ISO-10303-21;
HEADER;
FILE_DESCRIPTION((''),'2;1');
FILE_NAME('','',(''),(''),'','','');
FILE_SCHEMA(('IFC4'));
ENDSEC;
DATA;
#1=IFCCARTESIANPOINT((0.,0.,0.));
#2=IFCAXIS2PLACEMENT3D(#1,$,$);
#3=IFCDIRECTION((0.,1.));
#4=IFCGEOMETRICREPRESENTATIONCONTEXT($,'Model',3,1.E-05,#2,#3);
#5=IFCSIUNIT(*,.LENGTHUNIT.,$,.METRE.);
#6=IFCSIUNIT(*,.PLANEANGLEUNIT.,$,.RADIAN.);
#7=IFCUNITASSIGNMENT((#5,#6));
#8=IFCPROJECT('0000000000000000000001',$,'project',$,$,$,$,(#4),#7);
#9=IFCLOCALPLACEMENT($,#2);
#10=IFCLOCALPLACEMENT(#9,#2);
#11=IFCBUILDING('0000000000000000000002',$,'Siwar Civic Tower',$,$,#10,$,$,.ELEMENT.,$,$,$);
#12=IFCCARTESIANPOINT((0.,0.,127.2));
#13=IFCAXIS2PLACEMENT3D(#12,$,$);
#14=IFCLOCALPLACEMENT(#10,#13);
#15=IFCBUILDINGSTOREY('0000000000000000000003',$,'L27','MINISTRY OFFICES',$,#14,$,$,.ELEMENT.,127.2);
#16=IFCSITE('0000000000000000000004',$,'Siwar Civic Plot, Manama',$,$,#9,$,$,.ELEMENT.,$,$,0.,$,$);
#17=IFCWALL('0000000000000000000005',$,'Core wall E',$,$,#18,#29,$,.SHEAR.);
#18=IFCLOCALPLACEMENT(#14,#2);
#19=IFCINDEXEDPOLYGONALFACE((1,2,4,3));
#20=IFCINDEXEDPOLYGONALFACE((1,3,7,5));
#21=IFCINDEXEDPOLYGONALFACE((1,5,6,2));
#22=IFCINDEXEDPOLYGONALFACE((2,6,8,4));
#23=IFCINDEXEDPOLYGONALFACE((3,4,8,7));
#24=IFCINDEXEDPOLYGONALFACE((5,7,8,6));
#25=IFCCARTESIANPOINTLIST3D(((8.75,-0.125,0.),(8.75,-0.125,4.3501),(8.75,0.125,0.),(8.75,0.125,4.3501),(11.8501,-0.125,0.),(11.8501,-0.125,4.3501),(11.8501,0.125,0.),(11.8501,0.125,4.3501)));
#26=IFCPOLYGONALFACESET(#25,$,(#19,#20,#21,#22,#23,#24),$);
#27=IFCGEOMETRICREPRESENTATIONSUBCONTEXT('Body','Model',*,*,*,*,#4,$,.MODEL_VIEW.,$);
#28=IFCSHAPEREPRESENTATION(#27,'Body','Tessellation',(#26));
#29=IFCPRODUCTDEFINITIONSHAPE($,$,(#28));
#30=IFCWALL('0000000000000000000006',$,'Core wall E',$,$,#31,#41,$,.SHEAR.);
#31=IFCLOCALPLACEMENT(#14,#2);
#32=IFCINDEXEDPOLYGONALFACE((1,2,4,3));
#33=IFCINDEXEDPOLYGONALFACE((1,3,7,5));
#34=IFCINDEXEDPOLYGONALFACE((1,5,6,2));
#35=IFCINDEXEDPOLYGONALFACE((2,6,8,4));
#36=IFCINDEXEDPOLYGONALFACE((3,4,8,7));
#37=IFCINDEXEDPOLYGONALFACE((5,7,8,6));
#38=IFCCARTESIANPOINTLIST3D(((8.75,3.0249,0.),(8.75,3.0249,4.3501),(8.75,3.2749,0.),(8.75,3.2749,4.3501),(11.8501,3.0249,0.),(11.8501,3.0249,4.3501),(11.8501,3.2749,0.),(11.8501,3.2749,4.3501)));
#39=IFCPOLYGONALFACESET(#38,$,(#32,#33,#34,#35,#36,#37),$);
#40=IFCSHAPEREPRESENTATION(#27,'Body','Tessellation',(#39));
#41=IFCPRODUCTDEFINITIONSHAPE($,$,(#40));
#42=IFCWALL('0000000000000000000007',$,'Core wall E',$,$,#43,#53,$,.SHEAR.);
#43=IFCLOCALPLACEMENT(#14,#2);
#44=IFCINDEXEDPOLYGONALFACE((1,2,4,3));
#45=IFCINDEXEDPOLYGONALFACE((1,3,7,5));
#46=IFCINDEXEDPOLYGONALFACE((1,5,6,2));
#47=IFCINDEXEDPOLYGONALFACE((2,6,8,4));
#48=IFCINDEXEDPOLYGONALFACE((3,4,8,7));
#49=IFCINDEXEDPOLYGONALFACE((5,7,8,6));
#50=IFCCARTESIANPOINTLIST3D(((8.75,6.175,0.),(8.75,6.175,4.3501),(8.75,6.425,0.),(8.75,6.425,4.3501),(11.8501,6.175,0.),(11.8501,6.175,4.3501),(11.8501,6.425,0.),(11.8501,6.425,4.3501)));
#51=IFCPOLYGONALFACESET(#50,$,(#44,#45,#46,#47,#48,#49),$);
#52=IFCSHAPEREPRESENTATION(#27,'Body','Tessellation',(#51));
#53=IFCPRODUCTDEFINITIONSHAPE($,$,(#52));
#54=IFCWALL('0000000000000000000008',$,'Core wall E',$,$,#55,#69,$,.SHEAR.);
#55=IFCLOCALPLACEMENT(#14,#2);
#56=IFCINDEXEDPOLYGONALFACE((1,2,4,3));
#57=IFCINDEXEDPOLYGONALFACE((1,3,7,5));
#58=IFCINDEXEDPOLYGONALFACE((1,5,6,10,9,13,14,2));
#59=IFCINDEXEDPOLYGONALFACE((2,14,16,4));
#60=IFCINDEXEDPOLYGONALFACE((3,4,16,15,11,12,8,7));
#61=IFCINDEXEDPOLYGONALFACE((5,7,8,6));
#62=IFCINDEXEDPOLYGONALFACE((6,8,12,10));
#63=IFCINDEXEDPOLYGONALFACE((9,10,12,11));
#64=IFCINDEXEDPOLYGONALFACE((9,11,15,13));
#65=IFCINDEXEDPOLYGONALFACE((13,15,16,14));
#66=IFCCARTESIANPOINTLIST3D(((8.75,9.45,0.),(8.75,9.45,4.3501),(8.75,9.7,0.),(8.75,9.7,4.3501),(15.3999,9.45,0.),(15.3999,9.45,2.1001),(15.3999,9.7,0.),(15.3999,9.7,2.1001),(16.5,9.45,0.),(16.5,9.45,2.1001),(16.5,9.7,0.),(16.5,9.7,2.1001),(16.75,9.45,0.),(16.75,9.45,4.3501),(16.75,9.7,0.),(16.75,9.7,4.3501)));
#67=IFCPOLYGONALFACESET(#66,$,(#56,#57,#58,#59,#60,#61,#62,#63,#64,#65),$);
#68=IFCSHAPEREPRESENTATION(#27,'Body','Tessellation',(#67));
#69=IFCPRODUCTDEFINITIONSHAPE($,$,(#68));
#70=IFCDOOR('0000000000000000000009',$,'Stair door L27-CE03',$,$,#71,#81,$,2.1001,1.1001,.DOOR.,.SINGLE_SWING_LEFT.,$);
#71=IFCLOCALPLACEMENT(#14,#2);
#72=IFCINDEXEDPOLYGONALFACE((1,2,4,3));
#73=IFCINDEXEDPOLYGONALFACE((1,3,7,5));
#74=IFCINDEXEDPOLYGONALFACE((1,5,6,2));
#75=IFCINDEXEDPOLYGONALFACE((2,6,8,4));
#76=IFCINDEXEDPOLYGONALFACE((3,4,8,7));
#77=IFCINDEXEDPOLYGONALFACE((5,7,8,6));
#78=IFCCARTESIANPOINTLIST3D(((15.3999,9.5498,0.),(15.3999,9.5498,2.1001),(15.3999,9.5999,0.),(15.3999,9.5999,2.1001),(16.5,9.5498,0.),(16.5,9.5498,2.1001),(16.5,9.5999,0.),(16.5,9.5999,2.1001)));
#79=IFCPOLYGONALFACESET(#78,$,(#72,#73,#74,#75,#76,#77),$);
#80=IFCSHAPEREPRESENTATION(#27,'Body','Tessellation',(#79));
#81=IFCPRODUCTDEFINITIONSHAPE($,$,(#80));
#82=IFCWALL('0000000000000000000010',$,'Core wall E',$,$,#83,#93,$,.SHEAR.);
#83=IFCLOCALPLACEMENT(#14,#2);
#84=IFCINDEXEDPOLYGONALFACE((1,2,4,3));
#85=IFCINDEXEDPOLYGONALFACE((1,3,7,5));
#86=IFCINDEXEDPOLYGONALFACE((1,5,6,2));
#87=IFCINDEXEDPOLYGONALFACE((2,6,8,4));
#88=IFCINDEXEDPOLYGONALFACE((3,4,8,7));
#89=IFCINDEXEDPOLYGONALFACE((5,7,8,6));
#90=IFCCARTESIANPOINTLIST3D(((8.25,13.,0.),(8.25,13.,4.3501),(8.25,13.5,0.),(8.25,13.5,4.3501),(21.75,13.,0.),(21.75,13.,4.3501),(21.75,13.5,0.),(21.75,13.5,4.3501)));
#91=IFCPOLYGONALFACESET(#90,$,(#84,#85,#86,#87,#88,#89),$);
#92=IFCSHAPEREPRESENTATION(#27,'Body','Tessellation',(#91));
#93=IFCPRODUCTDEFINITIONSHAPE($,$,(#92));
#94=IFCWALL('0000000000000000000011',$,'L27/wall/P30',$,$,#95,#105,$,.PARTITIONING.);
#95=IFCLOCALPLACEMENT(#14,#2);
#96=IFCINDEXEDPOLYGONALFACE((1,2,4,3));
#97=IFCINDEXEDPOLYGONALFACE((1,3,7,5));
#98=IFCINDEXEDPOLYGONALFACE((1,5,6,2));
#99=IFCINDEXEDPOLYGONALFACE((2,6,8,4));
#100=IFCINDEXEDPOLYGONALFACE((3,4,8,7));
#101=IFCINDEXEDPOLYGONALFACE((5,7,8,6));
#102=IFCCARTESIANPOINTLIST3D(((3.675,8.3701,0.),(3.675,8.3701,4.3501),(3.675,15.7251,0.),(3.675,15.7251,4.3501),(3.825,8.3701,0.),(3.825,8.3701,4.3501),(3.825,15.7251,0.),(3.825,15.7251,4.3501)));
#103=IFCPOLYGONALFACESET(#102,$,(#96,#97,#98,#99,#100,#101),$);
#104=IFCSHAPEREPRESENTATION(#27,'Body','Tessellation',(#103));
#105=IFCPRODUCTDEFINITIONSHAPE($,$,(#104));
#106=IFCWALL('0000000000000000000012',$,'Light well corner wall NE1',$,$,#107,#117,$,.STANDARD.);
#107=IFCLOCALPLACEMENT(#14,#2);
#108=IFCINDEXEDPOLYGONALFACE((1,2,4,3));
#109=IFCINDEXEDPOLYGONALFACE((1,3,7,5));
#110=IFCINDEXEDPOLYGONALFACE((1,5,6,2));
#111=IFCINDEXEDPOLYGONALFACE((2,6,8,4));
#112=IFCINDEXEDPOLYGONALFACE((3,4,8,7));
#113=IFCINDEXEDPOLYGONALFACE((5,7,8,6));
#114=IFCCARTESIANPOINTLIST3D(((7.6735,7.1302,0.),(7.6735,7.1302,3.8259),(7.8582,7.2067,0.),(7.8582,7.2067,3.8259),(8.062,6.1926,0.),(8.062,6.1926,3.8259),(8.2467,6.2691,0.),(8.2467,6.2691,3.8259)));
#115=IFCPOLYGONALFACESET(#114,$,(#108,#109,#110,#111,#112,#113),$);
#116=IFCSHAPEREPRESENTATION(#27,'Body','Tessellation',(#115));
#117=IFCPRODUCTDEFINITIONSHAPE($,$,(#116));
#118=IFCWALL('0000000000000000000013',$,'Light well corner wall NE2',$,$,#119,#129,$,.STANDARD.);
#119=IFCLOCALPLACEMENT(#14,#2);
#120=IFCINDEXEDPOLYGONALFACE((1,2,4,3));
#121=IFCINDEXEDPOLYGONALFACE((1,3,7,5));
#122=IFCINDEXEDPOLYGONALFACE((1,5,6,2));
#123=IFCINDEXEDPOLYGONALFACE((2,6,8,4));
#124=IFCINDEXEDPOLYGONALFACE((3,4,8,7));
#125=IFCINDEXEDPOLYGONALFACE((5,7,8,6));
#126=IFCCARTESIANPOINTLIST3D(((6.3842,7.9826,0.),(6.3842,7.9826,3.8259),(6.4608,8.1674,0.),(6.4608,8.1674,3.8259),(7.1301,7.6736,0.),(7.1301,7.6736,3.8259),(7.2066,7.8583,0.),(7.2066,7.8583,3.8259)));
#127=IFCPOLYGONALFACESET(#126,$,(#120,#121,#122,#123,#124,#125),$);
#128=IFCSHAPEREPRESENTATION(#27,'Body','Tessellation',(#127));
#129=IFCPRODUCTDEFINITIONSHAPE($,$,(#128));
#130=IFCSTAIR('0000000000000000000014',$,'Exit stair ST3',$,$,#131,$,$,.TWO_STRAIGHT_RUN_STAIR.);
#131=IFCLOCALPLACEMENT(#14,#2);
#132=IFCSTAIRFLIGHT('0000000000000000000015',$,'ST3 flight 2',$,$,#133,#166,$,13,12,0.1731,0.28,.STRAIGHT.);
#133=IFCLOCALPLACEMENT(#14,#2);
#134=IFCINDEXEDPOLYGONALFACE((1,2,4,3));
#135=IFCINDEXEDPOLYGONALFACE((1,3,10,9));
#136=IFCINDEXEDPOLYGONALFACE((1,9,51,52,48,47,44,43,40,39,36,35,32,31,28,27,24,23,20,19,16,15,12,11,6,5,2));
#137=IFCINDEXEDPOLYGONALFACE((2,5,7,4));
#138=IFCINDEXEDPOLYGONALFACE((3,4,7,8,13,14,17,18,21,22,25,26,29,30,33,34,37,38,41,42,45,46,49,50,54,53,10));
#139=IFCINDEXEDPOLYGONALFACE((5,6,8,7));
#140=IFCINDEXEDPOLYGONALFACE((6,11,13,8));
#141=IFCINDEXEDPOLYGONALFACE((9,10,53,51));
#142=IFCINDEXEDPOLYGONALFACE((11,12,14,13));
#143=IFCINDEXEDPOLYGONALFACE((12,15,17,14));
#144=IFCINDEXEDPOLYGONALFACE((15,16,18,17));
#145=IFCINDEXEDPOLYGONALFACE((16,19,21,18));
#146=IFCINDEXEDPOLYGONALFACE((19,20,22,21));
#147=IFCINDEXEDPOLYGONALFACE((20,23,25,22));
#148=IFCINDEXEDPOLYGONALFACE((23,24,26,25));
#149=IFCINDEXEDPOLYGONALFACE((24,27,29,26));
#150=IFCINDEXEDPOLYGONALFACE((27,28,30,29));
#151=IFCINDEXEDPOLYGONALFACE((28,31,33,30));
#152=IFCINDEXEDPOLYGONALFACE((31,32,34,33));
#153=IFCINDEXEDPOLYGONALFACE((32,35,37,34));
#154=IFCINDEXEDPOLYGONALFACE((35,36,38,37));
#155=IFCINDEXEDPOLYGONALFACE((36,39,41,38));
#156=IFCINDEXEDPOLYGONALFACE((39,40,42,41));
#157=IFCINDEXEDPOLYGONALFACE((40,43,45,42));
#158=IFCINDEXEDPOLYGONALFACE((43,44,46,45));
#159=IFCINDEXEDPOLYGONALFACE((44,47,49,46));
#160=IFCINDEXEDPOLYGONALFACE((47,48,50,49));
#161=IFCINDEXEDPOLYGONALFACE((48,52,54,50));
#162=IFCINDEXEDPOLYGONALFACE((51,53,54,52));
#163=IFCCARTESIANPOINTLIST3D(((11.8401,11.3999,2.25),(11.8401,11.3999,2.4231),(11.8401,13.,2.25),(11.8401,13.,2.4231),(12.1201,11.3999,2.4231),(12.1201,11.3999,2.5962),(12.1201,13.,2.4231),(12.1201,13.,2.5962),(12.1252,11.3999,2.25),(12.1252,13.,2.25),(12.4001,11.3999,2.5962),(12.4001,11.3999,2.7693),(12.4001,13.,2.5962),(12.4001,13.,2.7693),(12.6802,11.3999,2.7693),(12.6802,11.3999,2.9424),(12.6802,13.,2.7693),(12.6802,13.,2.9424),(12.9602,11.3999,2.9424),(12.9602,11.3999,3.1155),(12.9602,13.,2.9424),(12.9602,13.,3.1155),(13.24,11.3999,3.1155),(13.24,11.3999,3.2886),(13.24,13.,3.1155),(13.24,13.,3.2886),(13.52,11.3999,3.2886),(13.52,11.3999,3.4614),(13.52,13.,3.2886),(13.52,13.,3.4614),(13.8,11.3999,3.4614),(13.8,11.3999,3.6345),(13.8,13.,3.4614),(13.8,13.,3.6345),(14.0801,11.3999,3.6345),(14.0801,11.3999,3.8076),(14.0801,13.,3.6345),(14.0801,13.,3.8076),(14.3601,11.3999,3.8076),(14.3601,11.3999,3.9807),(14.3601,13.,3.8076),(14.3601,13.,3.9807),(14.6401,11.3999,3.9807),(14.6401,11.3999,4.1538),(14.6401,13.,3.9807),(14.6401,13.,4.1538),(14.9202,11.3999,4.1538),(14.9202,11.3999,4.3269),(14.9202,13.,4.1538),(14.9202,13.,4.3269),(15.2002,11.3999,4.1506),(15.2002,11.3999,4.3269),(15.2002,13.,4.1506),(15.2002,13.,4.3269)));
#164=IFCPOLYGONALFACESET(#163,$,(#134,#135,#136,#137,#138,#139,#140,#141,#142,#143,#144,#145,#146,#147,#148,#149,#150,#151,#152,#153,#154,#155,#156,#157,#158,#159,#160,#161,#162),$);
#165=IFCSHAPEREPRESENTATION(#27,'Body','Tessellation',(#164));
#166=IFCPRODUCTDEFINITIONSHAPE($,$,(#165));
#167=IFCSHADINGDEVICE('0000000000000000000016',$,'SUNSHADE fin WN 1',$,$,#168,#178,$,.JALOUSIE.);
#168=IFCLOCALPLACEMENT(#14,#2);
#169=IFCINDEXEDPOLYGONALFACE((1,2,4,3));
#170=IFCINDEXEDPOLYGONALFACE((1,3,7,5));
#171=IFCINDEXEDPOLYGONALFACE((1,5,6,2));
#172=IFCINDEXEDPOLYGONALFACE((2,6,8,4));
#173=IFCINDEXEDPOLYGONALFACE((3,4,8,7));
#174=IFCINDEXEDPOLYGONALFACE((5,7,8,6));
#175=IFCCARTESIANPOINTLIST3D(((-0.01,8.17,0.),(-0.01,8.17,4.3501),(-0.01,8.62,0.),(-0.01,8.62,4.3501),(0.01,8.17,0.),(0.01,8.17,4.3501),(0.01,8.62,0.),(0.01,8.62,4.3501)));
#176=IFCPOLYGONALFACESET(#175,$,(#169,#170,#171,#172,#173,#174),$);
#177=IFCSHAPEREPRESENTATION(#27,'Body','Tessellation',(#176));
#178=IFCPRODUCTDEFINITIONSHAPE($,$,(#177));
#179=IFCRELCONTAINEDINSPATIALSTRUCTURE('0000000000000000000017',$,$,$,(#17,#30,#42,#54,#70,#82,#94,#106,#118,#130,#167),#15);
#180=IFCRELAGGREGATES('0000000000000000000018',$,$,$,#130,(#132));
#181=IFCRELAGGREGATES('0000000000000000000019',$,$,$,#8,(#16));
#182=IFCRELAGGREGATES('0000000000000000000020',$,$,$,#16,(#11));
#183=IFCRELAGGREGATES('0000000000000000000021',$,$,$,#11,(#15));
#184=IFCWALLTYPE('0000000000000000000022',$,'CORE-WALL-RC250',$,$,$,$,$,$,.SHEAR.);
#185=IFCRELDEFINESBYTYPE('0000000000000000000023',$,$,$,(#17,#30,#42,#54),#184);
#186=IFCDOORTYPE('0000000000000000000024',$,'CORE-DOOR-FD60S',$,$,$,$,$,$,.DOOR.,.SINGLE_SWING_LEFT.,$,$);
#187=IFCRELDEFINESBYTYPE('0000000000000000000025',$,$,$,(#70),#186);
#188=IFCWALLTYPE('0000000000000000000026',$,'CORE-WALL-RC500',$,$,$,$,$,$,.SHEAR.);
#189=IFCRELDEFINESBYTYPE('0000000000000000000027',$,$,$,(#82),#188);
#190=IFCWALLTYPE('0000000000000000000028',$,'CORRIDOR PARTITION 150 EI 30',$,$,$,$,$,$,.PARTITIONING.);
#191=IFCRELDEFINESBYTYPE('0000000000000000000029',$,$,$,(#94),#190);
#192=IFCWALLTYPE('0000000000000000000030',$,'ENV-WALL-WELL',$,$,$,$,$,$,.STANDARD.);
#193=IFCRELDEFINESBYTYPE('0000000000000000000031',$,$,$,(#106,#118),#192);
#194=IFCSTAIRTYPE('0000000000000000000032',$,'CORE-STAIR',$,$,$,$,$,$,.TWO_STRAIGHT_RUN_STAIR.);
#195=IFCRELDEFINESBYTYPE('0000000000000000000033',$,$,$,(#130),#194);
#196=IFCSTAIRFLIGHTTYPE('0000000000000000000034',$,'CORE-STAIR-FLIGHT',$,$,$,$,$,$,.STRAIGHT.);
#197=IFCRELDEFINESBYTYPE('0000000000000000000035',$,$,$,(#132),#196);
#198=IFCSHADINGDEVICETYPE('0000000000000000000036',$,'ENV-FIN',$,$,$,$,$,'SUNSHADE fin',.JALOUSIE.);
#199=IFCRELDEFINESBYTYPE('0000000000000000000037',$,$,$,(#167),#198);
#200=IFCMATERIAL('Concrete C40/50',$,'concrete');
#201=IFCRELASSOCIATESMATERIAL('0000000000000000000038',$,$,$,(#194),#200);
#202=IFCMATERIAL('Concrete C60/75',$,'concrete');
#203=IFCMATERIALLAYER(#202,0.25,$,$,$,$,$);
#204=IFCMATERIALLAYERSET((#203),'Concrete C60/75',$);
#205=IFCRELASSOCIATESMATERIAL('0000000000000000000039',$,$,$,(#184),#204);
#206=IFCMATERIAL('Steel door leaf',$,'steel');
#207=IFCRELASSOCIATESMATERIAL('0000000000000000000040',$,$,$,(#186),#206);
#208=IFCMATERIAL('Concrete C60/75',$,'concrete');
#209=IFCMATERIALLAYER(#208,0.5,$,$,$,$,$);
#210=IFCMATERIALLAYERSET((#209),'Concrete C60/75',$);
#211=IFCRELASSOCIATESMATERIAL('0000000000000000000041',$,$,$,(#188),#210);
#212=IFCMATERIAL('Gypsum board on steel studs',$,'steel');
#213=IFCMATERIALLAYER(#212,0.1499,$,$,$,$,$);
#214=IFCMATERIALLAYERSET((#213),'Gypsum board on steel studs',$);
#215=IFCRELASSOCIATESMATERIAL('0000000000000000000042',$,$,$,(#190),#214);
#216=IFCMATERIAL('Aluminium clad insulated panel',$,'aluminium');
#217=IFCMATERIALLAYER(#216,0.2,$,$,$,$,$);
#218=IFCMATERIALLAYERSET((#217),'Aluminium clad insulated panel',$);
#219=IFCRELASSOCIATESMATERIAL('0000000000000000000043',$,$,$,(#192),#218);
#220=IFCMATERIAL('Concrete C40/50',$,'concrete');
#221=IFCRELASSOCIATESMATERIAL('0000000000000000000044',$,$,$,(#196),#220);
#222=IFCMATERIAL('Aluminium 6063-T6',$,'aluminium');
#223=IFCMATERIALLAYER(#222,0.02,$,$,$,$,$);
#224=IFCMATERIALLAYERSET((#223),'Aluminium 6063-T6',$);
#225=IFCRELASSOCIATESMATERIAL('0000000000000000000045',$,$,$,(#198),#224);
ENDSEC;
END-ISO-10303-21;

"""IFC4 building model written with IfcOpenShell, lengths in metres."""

from ifc_helpers import new_model, si_unit, direction, frame, frame_2d, origin, origin_2d, place, context, subcontext, project, spatial, polyline, rectangle, outline, extrude, material, layer, layer_set, type_object, element, fill, aggregate, save


model = new_model("IFC4")

# Units and contexts
model_context = context("Model", 3, precision=1e-05, world=origin(), true_north=direction((0.0, 1.0)))
body_context = subcontext(model_context, "Body", "Model", "MODEL_VIEW")
ifc_project = project(units=[si_unit("LENGTHUNIT", "METRE"), si_unit("PLANEANGLEUNIT", "RADIAN")], contexts=[model_context])

# Site, building, storey
site_placement = place(None, origin())
site = spatial("IfcSite", under=ifc_project, at=site_placement, Name="Siwar Civic Plot, Manama", CompositionType="ELEMENT", RefElevation=0.0)
building_placement = place(site_placement, origin())
building = spatial("IfcBuilding", under=site, at=building_placement, Name="Siwar Civic Tower", CompositionType="ELEMENT")
storey_placement = place(building_placement, frame((0.0, 0.0, 127.2)))
storey = spatial("IfcBuildingStorey", under=building, at=storey_placement, Name="L27", Description="MINISTRY OFFICES", CompositionType="ELEMENT", Elevation=127.2)

# Shared definitions
ifc_material_1 = material(Name="Concrete C40/50", Category="concrete")
stair_type = type_object("IfcStairType", Name="CORE-STAIR", PredefinedType="TWO_STRAIGHT_RUN_STAIR", material=ifc_material_1)

# Shared definitions
ifc_material_2 = material(Name="Concrete C60/75", Category="concrete")
ifc_layer_1 = layer(ifc_material_2, 0.25)
ifc_layer_set_1 = layer_set([ifc_layer_1], Name="Concrete C60/75")
wall_type_1 = type_object("IfcWallType", Name="CORE-WALL-RC250", PredefinedType="SHEAR", material=ifc_layer_set_1)

# Walls
for number, where, z_axis, x_axis, name in (
    (1, (8.75, 0.0, 0.0), (0.0, 0.0, 1.0), (1.0, 0.0, 0.0), "Core wall E"),
    (2, (8.75, 3.1499, 0.0), (0.0, 0.0, 1.0), (1.0, 0.0, 0.0), "Core wall E"),
    (3, (8.75, 6.3, 0.0), (0.0, 0.0, 1.0), (1.0, 0.0, 0.0), "Core wall E"),
):
    element("IfcWall", number, at=place(storey_placement, frame(where, z_axis=z_axis, x_axis=x_axis)), inside=storey, type_object=wall_type_1, Name=name, PredefinedType="SHEAR", context=body_context, shape_type="SweptSolid", body=[
        extrude(rectangle(XDim=3.1001, YDim=0.25, at=frame_2d((1.55, 0.0))), origin(), (0.0, 0.0, 1.0), 4.3501),
    ])

# Wall, opening, door
wall_1_placement = place(storey_placement, frame((8.75, 9.575, 0.0), z_axis=(0.0, 0.0, 1.0), x_axis=(1.0, 0.0, 0.0)))
wall_1 = element("IfcWall", 4, at=wall_1_placement, inside=storey, type_object=wall_type_1, Name="Core wall E", PredefinedType="SHEAR", context=body_context, shape_type="SweptSolid", body=[
    extrude(rectangle(XDim=8.0, YDim=0.25, at=frame_2d((4.0, 0.0))), origin(), (0.0, 0.0, 1.0), 4.3501),
])
opening_1_placement = place(wall_1_placement, frame((6.6499, 0.0, 0.0)))
opening_1 = element("IfcOpeningElement", 5, at=opening_1_placement, cuts=wall_1, PredefinedType="OPENING", context=body_context, shape_type="SweptSolid", body=[
    extrude(rectangle(XDim=1.1001, YDim=2.1001, at=frame_2d((0.55, 1.05))), frame((0.0, 0.135, 0.0), z_axis=(0.0, -1.0, 0.0), x_axis=(1.0, 0.0, 0.0)), (0.0, 0.0, 1.0), 0.27),
])
ifc_material_3 = material(Name="Steel door leaf", Category="steel")
door_type_1 = type_object("IfcDoorType", Name="CORE-DOOR-FD60S", OperationType="SINGLE_SWING_LEFT", PredefinedType="DOOR", material=ifc_material_3)
door_1_placement = place(opening_1_placement, origin())
door_1 = element("IfcDoor", 6, at=door_1_placement, inside=storey, type_object=door_type_1, Name="Stair door L27-CE03", OperationType="SINGLE_SWING_LEFT", OverallHeight=2.1001, OverallWidth=1.1001, PredefinedType="DOOR", context=body_context, shape_type="SweptSolid", body=[
    extrude(rectangle(XDim=1.1001, YDim=2.1001, at=frame_2d((0.55, 1.05))), frame((0.0, 0.0249, 0.0), z_axis=(0.0, -1.0, 0.0), x_axis=(1.0, 0.0, 0.0)), (0.0, 0.0, 1.0), 0.05),
])
fill(opening_1, door_1)

# Walls
ifc_material_4 = material(Name="Concrete C60/75", Category="concrete")
ifc_layer_2 = layer(ifc_material_4, 0.5)
ifc_layer_set_2 = layer_set([ifc_layer_2], Name="Concrete C60/75")
wall_type_2 = type_object("IfcWallType", Name="CORE-WALL-RC500", PredefinedType="SHEAR", material=ifc_layer_set_2)
wall_2_placement = place(storey_placement, frame((8.25, 13.25, 0.0), z_axis=(0.0, 0.0, 1.0), x_axis=(1.0, 0.0, 0.0)))
element("IfcWall", 7, at=wall_2_placement, inside=storey, type_object=wall_type_2, Name="Core wall E", PredefinedType="SHEAR", context=body_context, shape_type="SweptSolid", body=[
    extrude(rectangle(XDim=13.5, YDim=0.5, at=frame_2d((6.75, 0.0))), origin(), (0.0, 0.0, 1.0), 4.3501),
])
ifc_material_5 = material(Name="Gypsum board on steel studs", Category="steel")
ifc_layer_3 = layer(ifc_material_5, 0.1499)
ifc_layer_set_3 = layer_set([ifc_layer_3], Name="Gypsum board on steel studs")
wall_type_3 = type_object("IfcWallType", Name="CORRIDOR PARTITION 150 EI 30", PredefinedType="PARTITIONING", material=ifc_layer_set_3)
wall_3_placement = place(storey_placement, frame((3.75, 8.3701, 0.0), z_axis=(0.0, 0.0, 1.0), x_axis=(0.0, 1.0, 0.0)))
element("IfcWall", 8, at=wall_3_placement, inside=storey, type_object=wall_type_3, Name="L27/wall/P30", PredefinedType="PARTITIONING", context=body_context, shape_type="SweptSolid", body=[
    extrude(rectangle(XDim=7.355, YDim=0.1499, at=frame_2d((3.6775, 0.0))), origin(), (0.0, 0.0, 1.0), 4.3501),
])
ifc_material_6 = material(Name="Aluminium clad insulated panel", Category="aluminium")
ifc_layer_4 = layer(ifc_material_6, 0.2)
ifc_layer_set_4 = layer_set([ifc_layer_4], Name="Aluminium clad insulated panel")
wall_type_4 = type_object("IfcWallType", Name="ENV-WALL-WELL", PredefinedType="STANDARD", material=ifc_layer_set_4)
wall_4_placement = place(storey_placement, frame((8.1543, 6.231, 0.0), z_axis=(0.0, 0.0, 1.0), x_axis=(-0.38277, 0.923844, 0.0)))
element("IfcWall", 9, at=wall_4_placement, inside=storey, type_object=wall_type_4, Name="Light well corner wall NE1", PredefinedType="STANDARD", context=body_context, shape_type="SweptSolid", body=[
    extrude(rectangle(XDim=1.0149, YDim=0.2, at=frame_2d((0.5073, 0.0))), origin(), (0.0, 0.0, 1.0), 3.8259),
])
wall_5_placement = place(storey_placement, frame((7.1685, 7.7659, 0.0), z_axis=(0.0, 0.0, 1.0), x_axis=(-0.923818, 0.382833, 0.0)))
element("IfcWall", 10, at=wall_5_placement, inside=storey, type_object=wall_type_4, Name="Light well corner wall NE2", PredefinedType="STANDARD", context=body_context, shape_type="SweptSolid", body=[
    extrude(rectangle(XDim=0.8074, YDim=0.2, at=frame_2d((0.4038, 0.0))), origin(), (0.0, 0.0, 1.0), 3.8259),
])

# Stair, stair flight
stair_1_placement = place(storey_placement, origin())
stair_1 = element("IfcStair", 11, at=stair_1_placement, inside=storey, type_object=stair_type, Name="Exit stair ST3", PredefinedType="TWO_STRAIGHT_RUN_STAIR")
ifc_material_7 = material(Name="Concrete C40/50", Category="concrete")
stair_flight_type = type_object("IfcStairFlightType", Name="CORE-STAIR-FLIGHT", PredefinedType="STRAIGHT", material=ifc_material_7)
stair_flight_placement = place(storey_placement, frame((11.8401, 12.2, 2.25), z_axis=(0.0, 0.0, 1.0), x_axis=(1.0, 0.0, 0.0)))
stair_flight = element("IfcStairFlight", 12, at=stair_flight_placement, type_object=stair_flight_type, Name="ST3 flight 2", NumberOfRisers=13, NumberOfTreads=12, PredefinedType="STRAIGHT", RiserHeight=0.1731, TreadLength=0.28, context=body_context, shape_type="SweptSolid", body=[
    extrude(outline(polyline([(0.0, 0.0), (0.0, 0.1731), (0.28, 0.1731), (0.28, 0.3462), (0.5601, 0.3462), (0.5601, 0.5193), (0.8401, 0.5193), (0.8401, 0.6924), (1.1201, 0.6924), (1.1201, 0.8655), (1.3999, 0.8655), (1.3999, 1.0386), (1.6799, 1.0386), (1.6799, 1.2114), (1.96, 1.2114), (1.96, 1.3845), (2.24, 1.3845), (2.24, 1.5576), (2.52, 1.5576), (2.52, 1.7307), (2.8, 1.7307), (2.8, 1.9038), (3.0801, 1.9038), (3.0801, 2.0769), (3.3601, 2.0769), (3.3601, 2.25), (3.3601, 1.9006), (0.2852, 0.0), (0.0, 0.0)])), frame((0.0, 0.8, 0.0), z_axis=(0.0, -1.0, 0.0), x_axis=(1.0, 0.0, 0.0)), (0.0, 0.0, 1.0), 1.6001),
])
aggregate(stair_1, [stair_flight])

# Shading device
ifc_material_8 = material(Name="Aluminium 6063-T6", Category="aluminium")
ifc_layer_5 = layer(ifc_material_8, 0.02)
ifc_layer_set_5 = layer_set([ifc_layer_5], Name="Aluminium 6063-T6")
shading_device_type = type_object("IfcShadingDeviceType", Name="ENV-FIN", ElementType="SUNSHADE fin", PredefinedType="JALOUSIE", material=ifc_layer_set_5)
shading_device_placement = place(storey_placement, frame((0.0, 8.395, 0.0), z_axis=(0.0, 0.0, 1.0), x_axis=(-1.0, 0.0, 0.0)))
element("IfcShadingDevice", 13, at=shading_device_placement, inside=storey, type_object=shading_device_type, Name="SUNSHADE fin WN 1", PredefinedType="JALOUSIE", context=body_context, shape_type="SweptSolid", body=[
    extrude(rectangle(XDim=0.02, YDim=0.45, at=origin_2d()), origin(), (0.0, 0.0, 1.0), 4.3501),
])

save(model, "model.ifc")
